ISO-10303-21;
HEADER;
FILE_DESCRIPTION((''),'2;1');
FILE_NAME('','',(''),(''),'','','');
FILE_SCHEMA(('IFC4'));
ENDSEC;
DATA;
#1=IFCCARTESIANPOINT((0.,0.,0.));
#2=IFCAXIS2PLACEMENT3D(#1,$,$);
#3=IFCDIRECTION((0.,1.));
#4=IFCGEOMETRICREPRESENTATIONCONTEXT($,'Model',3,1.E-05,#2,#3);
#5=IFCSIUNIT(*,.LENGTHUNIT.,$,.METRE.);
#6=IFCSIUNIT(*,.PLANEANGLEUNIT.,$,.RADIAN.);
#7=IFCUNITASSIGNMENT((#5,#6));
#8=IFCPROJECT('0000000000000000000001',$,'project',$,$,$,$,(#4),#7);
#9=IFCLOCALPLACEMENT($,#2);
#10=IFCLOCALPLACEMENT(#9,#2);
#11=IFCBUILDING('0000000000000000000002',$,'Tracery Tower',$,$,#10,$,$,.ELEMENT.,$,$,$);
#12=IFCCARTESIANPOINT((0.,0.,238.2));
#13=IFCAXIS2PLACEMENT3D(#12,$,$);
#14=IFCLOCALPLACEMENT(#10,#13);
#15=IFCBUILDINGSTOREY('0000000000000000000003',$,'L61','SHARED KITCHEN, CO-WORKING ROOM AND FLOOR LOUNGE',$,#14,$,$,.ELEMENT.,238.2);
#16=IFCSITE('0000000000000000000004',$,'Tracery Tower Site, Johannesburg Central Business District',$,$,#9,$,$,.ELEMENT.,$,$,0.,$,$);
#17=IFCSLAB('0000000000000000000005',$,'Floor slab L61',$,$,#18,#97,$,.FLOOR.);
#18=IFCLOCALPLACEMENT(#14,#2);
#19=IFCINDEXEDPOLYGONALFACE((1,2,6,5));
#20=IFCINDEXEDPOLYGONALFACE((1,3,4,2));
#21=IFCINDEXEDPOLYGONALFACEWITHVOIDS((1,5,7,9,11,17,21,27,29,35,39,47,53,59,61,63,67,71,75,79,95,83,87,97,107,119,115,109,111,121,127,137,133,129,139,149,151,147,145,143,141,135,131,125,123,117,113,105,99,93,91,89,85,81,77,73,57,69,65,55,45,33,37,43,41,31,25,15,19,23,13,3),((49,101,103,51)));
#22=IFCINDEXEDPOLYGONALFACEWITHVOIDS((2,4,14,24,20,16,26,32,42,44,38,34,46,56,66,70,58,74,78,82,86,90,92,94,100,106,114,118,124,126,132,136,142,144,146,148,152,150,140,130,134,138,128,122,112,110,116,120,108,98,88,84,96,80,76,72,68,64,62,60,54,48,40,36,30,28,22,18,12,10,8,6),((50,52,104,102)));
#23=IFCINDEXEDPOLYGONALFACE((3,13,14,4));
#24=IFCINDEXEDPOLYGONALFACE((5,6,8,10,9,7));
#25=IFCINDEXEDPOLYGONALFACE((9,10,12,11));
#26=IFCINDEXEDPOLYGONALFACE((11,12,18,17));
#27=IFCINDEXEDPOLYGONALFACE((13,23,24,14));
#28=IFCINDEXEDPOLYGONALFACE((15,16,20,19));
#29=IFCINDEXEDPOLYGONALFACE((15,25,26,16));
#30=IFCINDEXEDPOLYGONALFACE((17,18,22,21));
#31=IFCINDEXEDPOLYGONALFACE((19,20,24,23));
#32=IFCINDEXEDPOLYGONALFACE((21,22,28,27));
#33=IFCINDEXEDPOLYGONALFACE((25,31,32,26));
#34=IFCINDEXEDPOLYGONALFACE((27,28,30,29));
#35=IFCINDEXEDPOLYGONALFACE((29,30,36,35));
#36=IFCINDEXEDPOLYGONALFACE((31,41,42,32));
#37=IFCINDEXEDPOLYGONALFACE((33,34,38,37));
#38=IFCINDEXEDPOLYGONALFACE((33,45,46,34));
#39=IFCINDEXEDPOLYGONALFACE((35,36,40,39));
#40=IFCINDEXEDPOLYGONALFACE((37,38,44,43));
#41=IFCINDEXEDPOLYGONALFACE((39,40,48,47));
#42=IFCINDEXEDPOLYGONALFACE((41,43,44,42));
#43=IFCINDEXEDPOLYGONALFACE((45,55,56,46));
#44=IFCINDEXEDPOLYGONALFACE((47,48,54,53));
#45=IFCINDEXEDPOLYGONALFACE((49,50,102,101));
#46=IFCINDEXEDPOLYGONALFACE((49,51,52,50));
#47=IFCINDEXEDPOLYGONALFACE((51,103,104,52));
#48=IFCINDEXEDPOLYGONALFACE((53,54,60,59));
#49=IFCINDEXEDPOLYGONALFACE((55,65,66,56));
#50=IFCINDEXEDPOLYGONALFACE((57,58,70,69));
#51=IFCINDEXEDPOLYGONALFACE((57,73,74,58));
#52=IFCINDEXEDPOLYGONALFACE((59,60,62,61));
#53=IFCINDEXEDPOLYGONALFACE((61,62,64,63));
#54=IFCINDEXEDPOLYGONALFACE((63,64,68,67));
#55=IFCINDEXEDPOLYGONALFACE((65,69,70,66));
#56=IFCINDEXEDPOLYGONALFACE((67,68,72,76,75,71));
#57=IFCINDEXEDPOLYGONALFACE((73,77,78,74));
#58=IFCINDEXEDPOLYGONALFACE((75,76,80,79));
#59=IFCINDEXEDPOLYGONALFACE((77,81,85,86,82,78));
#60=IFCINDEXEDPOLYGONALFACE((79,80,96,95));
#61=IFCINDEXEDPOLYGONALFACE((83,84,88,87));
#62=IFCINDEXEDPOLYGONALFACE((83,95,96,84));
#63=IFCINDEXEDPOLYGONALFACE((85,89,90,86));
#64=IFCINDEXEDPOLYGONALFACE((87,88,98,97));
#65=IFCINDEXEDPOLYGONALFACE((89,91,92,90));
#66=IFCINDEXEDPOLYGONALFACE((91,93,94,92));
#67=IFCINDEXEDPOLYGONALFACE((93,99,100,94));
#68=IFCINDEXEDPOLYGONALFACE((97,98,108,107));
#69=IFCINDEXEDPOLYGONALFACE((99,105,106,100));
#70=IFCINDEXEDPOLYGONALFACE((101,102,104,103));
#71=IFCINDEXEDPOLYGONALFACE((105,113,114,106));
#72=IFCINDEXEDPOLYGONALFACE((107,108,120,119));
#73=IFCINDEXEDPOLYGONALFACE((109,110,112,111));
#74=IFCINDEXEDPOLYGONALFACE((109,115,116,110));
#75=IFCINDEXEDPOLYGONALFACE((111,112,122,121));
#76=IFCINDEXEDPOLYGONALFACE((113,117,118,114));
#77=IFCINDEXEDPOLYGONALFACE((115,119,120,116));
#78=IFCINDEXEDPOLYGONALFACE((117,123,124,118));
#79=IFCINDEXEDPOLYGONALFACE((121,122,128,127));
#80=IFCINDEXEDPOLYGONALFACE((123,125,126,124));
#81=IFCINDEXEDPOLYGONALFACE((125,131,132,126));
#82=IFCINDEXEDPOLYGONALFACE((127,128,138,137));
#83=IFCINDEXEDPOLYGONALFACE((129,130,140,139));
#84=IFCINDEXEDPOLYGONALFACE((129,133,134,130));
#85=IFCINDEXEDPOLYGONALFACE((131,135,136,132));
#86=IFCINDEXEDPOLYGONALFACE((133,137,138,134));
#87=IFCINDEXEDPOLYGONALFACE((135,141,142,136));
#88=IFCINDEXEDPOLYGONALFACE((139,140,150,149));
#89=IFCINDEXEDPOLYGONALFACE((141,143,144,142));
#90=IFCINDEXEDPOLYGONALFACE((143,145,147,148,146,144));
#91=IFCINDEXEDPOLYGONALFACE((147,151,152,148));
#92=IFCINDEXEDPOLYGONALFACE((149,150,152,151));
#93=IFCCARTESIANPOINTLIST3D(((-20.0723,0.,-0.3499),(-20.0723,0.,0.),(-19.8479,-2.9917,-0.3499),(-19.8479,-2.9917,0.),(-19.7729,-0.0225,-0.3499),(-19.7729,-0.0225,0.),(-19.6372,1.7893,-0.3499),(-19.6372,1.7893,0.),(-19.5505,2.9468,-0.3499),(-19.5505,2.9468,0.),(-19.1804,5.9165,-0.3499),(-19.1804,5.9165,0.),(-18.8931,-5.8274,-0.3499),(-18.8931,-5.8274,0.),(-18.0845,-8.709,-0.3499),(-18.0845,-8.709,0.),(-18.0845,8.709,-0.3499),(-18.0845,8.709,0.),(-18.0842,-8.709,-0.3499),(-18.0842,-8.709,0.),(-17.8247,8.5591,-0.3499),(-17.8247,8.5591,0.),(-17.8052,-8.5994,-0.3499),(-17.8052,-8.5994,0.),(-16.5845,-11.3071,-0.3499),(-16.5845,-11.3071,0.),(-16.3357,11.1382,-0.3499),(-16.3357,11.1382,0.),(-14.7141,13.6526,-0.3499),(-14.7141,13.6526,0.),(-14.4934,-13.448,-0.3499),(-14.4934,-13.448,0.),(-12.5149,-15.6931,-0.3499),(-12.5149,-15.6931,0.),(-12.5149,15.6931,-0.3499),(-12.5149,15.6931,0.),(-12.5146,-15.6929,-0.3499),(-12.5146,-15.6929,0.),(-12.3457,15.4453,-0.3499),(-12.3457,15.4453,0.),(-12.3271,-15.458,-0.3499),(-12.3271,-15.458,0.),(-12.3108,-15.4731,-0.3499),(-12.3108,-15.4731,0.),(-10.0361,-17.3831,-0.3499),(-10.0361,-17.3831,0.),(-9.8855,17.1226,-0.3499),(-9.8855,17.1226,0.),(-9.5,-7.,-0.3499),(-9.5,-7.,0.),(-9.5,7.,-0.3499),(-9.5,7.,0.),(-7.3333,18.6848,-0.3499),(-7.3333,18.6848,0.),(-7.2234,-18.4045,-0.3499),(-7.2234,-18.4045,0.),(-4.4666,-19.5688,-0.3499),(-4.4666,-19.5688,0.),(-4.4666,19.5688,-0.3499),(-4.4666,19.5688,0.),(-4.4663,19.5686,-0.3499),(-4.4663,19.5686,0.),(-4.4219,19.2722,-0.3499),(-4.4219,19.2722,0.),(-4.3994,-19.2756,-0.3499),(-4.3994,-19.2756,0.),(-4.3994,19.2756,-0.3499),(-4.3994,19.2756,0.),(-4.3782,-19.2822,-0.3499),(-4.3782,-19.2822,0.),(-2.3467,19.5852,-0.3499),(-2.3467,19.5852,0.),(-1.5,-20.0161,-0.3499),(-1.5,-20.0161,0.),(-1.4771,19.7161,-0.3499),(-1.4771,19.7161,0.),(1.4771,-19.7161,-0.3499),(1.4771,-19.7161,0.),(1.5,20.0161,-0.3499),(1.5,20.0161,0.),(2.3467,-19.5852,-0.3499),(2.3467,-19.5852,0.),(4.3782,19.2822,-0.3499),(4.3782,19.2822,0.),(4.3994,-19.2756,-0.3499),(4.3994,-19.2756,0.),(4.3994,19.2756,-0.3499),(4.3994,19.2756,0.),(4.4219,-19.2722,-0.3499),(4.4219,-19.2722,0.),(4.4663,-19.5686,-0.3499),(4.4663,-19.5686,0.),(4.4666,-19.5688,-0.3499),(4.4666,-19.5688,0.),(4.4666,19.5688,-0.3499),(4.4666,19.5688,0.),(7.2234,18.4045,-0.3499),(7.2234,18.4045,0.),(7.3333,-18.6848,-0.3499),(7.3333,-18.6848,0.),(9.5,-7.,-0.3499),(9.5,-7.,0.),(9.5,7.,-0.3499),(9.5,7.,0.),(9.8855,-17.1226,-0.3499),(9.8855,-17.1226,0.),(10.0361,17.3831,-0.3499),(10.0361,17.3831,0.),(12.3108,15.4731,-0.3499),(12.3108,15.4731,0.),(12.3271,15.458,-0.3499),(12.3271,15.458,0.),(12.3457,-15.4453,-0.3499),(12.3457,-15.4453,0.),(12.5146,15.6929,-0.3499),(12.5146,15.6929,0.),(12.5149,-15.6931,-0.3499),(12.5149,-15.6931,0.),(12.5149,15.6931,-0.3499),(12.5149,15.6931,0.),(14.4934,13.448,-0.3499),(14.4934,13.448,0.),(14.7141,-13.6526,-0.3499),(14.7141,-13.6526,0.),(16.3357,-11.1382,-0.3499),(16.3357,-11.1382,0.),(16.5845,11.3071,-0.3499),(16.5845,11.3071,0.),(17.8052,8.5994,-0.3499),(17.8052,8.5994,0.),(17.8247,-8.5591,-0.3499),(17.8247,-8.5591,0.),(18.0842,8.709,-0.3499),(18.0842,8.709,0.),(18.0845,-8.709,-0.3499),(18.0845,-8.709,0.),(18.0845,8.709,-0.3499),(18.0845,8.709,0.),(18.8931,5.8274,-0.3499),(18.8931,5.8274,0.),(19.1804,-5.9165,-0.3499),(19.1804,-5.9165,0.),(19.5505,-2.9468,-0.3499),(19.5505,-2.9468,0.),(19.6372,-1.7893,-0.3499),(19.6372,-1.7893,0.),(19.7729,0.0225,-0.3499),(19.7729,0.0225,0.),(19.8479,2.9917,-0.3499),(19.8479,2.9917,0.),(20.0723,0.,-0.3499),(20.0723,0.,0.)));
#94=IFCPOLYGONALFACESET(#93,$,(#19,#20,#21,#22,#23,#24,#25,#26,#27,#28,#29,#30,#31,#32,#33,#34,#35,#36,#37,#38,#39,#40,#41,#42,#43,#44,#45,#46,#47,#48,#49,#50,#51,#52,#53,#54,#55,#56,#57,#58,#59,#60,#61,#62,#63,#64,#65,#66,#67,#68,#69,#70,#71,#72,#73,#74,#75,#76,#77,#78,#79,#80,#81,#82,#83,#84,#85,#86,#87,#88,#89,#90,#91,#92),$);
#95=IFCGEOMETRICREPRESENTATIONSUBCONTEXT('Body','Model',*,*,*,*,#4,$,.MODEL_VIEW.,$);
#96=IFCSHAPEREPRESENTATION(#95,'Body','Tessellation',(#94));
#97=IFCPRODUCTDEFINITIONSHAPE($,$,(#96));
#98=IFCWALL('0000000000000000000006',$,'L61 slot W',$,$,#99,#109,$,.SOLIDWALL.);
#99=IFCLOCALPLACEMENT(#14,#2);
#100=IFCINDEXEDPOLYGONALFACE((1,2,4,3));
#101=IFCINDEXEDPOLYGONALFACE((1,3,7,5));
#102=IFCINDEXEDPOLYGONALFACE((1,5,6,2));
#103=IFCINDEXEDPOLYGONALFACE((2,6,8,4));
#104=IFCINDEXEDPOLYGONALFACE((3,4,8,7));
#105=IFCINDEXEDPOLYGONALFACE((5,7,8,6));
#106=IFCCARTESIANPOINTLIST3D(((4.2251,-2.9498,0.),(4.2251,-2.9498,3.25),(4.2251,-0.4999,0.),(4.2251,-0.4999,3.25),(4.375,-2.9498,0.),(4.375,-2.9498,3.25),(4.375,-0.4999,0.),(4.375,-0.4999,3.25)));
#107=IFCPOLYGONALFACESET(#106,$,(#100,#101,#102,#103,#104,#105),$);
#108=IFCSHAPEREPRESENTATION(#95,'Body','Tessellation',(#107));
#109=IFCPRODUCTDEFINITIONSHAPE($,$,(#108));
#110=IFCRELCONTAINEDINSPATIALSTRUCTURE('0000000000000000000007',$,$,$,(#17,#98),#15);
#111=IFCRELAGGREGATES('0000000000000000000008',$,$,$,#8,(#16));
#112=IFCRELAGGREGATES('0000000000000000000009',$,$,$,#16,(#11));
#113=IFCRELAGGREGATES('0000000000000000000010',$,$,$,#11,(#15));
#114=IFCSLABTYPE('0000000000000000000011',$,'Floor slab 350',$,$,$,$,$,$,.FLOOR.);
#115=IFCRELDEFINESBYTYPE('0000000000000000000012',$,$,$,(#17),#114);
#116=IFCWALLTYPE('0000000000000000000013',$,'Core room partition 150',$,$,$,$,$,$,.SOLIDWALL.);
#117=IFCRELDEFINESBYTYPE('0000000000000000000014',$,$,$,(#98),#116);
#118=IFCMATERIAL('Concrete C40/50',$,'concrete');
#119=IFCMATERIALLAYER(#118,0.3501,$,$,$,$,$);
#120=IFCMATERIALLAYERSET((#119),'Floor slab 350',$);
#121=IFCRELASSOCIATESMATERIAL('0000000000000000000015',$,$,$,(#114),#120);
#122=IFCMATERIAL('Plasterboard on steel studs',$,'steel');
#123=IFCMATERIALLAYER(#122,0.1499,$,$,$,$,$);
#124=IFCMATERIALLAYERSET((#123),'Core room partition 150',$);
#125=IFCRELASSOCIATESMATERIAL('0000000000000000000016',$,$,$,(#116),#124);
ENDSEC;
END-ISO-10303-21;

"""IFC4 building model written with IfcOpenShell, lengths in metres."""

from ifc_helpers import new_model, si_unit, direction, frame, frame_2d, origin, place, context, subcontext, project, spatial, polyline, rectangle, outline, extrude, material, layer, layer_set, type_object, element, save


model = new_model("IFC4")

# Units and contexts
model_context = context("Model", 3, precision=1e-05, world=origin(), true_north=direction((0.0, 1.0)))
body_context = subcontext(model_context, "Body", "Model", "MODEL_VIEW")
ifc_project = project(units=[si_unit("LENGTHUNIT", "METRE"), si_unit("PLANEANGLEUNIT", "RADIAN")], contexts=[model_context])

# Site, building, storey
site_placement = place(None, origin())
site = spatial("IfcSite", under=ifc_project, at=site_placement, Name="Tracery Tower Site, Johannesburg Central Business District", CompositionType="ELEMENT", RefElevation=0.0)
building_placement = place(site_placement, origin())
building = spatial("IfcBuilding", under=site, at=building_placement, Name="Tracery Tower", CompositionType="ELEMENT")
storey_placement = place(building_placement, frame((0.0, 0.0, 238.2)))
storey = spatial("IfcBuildingStorey", under=building, at=storey_placement, Name="L61", Description="SHARED KITCHEN, CO-WORKING ROOM AND FLOOR LOUNGE", CompositionType="ELEMENT", Elevation=238.2)

# Slab
ifc_material_1 = material(Name="Concrete C40/50", Category="concrete")
ifc_layer_1 = layer(ifc_material_1, 0.3501)
ifc_layer_set_1 = layer_set([ifc_layer_1], Name="Floor slab 350")
slab_type = type_object("IfcSlabType", Name="Floor slab 350", PredefinedType="FLOOR", material=ifc_layer_set_1)
slab_placement = place(storey_placement, frame((0.0, 0.0, -0.3499)))
element("IfcSlab", 1, at=slab_placement, inside=storey, type_object=slab_type, Name="Floor slab L61", PredefinedType="FLOOR", context=body_context, shape_type="SweptSolid", body=[
    extrude(outline(polyline([(18.8931, 5.8274), (17.8052, 8.5994), (18.0842, 8.709), (18.0845, 8.709), (16.5845, 11.3071), (14.4934, 13.448), (12.3271, 15.458), (12.3271, 15.458), (12.3108, 15.4731), (12.5146, 15.6929), (12.5149, 15.6931), (10.0361, 17.3831), (7.2234, 18.4045), (4.3994, 19.2756), (4.3994, 19.2756), (4.3782, 19.2822), (4.4666, 19.5688), (1.5, 20.0161), (-1.4771, 19.7161), (-2.3467, 19.5852), (-4.3994, 19.2756), (-4.3994, 19.2756), (-4.4219, 19.2722), (-4.4663, 19.5686), (-4.4666, 19.5688), (-7.3333, 18.6848), (-9.8855, 17.1226), (-12.3457, 15.4453), (-12.5149, 15.6931), (-14.7141, 13.6526), (-16.3357, 11.1382), (-17.8247, 8.5591), (-18.0845, 8.709), (-19.1804, 5.9165), (-19.5505, 2.9468), (-19.6372, 1.7893), (-19.7729, -0.0225), (-20.0723, 0.0), (-20.0723, 0.0), (-19.8479, -2.9917), (-18.8931, -5.8274), (-17.8052, -8.5994), (-18.0842, -8.709), (-18.0845, -8.709), (-16.5845, -11.3071), (-14.4934, -13.448), (-12.3271, -15.458), (-12.3271, -15.458), (-12.3108, -15.4731), (-12.5146, -15.6929), (-12.5149, -15.6931), (-10.0361, -17.3831), (-7.2234, -18.4045), (-4.3994, -19.2756), (-4.3994, -19.2756), (-4.3782, -19.2822), (-4.4666, -19.5688), (-1.5, -20.0161), (1.4771, -19.7161), (2.3467, -19.5852), (4.3994, -19.2756), (4.3994, -19.2756), (4.4219, -19.2722), (4.4663, -19.5686), (4.4666, -19.5688), (7.3333, -18.6848), (9.8855, -17.1226), (12.3457, -15.4453), (12.5149, -15.6931), (14.7141, -13.6526), (16.3357, -11.1382), (17.8247, -8.5591), (18.0845, -8.709), (19.1804, -5.9165), (19.5505, -2.9468), (19.6372, -1.7893), (19.7729, 0.0225), (20.0723, 0.0), (19.8479, 2.9917), (18.8931, 5.8274)]), holes=[polyline([(-9.5, -7.0), (9.5, -7.0), (9.5, 7.0), (-9.5, 7.0), (-9.5, -7.0)])]), origin(), (0.0, 0.0, 1.0), 0.3499),
])

# Wall
ifc_material_2 = material(Name="Plasterboard on steel studs", Category="steel")
ifc_layer_2 = layer(ifc_material_2, 0.1499)
ifc_layer_set_2 = layer_set([ifc_layer_2], Name="Core room partition 150")
wall_type_1 = type_object("IfcWallType", Name="Core room partition 150", PredefinedType="SOLIDWALL", material=ifc_layer_set_2)
wall_1_placement = place(storey_placement, frame((4.3, -2.95, 0.0), z_axis=(0.0, 0.0, 1.0), x_axis=(0.0, 1.0, 0.0)))
element("IfcWall", 2, at=wall_1_placement, inside=storey, type_object=wall_type_1, Name="L61 slot W", PredefinedType="SOLIDWALL", context=body_context, shape_type="SweptSolid", body=[
    extrude(rectangle(XDim=2.45, YDim=0.1499, at=frame_2d((1.2251, 0.0))), origin(), (0.0, 0.0, 1.0), 3.25),
])

save(model, "model.ifc")
